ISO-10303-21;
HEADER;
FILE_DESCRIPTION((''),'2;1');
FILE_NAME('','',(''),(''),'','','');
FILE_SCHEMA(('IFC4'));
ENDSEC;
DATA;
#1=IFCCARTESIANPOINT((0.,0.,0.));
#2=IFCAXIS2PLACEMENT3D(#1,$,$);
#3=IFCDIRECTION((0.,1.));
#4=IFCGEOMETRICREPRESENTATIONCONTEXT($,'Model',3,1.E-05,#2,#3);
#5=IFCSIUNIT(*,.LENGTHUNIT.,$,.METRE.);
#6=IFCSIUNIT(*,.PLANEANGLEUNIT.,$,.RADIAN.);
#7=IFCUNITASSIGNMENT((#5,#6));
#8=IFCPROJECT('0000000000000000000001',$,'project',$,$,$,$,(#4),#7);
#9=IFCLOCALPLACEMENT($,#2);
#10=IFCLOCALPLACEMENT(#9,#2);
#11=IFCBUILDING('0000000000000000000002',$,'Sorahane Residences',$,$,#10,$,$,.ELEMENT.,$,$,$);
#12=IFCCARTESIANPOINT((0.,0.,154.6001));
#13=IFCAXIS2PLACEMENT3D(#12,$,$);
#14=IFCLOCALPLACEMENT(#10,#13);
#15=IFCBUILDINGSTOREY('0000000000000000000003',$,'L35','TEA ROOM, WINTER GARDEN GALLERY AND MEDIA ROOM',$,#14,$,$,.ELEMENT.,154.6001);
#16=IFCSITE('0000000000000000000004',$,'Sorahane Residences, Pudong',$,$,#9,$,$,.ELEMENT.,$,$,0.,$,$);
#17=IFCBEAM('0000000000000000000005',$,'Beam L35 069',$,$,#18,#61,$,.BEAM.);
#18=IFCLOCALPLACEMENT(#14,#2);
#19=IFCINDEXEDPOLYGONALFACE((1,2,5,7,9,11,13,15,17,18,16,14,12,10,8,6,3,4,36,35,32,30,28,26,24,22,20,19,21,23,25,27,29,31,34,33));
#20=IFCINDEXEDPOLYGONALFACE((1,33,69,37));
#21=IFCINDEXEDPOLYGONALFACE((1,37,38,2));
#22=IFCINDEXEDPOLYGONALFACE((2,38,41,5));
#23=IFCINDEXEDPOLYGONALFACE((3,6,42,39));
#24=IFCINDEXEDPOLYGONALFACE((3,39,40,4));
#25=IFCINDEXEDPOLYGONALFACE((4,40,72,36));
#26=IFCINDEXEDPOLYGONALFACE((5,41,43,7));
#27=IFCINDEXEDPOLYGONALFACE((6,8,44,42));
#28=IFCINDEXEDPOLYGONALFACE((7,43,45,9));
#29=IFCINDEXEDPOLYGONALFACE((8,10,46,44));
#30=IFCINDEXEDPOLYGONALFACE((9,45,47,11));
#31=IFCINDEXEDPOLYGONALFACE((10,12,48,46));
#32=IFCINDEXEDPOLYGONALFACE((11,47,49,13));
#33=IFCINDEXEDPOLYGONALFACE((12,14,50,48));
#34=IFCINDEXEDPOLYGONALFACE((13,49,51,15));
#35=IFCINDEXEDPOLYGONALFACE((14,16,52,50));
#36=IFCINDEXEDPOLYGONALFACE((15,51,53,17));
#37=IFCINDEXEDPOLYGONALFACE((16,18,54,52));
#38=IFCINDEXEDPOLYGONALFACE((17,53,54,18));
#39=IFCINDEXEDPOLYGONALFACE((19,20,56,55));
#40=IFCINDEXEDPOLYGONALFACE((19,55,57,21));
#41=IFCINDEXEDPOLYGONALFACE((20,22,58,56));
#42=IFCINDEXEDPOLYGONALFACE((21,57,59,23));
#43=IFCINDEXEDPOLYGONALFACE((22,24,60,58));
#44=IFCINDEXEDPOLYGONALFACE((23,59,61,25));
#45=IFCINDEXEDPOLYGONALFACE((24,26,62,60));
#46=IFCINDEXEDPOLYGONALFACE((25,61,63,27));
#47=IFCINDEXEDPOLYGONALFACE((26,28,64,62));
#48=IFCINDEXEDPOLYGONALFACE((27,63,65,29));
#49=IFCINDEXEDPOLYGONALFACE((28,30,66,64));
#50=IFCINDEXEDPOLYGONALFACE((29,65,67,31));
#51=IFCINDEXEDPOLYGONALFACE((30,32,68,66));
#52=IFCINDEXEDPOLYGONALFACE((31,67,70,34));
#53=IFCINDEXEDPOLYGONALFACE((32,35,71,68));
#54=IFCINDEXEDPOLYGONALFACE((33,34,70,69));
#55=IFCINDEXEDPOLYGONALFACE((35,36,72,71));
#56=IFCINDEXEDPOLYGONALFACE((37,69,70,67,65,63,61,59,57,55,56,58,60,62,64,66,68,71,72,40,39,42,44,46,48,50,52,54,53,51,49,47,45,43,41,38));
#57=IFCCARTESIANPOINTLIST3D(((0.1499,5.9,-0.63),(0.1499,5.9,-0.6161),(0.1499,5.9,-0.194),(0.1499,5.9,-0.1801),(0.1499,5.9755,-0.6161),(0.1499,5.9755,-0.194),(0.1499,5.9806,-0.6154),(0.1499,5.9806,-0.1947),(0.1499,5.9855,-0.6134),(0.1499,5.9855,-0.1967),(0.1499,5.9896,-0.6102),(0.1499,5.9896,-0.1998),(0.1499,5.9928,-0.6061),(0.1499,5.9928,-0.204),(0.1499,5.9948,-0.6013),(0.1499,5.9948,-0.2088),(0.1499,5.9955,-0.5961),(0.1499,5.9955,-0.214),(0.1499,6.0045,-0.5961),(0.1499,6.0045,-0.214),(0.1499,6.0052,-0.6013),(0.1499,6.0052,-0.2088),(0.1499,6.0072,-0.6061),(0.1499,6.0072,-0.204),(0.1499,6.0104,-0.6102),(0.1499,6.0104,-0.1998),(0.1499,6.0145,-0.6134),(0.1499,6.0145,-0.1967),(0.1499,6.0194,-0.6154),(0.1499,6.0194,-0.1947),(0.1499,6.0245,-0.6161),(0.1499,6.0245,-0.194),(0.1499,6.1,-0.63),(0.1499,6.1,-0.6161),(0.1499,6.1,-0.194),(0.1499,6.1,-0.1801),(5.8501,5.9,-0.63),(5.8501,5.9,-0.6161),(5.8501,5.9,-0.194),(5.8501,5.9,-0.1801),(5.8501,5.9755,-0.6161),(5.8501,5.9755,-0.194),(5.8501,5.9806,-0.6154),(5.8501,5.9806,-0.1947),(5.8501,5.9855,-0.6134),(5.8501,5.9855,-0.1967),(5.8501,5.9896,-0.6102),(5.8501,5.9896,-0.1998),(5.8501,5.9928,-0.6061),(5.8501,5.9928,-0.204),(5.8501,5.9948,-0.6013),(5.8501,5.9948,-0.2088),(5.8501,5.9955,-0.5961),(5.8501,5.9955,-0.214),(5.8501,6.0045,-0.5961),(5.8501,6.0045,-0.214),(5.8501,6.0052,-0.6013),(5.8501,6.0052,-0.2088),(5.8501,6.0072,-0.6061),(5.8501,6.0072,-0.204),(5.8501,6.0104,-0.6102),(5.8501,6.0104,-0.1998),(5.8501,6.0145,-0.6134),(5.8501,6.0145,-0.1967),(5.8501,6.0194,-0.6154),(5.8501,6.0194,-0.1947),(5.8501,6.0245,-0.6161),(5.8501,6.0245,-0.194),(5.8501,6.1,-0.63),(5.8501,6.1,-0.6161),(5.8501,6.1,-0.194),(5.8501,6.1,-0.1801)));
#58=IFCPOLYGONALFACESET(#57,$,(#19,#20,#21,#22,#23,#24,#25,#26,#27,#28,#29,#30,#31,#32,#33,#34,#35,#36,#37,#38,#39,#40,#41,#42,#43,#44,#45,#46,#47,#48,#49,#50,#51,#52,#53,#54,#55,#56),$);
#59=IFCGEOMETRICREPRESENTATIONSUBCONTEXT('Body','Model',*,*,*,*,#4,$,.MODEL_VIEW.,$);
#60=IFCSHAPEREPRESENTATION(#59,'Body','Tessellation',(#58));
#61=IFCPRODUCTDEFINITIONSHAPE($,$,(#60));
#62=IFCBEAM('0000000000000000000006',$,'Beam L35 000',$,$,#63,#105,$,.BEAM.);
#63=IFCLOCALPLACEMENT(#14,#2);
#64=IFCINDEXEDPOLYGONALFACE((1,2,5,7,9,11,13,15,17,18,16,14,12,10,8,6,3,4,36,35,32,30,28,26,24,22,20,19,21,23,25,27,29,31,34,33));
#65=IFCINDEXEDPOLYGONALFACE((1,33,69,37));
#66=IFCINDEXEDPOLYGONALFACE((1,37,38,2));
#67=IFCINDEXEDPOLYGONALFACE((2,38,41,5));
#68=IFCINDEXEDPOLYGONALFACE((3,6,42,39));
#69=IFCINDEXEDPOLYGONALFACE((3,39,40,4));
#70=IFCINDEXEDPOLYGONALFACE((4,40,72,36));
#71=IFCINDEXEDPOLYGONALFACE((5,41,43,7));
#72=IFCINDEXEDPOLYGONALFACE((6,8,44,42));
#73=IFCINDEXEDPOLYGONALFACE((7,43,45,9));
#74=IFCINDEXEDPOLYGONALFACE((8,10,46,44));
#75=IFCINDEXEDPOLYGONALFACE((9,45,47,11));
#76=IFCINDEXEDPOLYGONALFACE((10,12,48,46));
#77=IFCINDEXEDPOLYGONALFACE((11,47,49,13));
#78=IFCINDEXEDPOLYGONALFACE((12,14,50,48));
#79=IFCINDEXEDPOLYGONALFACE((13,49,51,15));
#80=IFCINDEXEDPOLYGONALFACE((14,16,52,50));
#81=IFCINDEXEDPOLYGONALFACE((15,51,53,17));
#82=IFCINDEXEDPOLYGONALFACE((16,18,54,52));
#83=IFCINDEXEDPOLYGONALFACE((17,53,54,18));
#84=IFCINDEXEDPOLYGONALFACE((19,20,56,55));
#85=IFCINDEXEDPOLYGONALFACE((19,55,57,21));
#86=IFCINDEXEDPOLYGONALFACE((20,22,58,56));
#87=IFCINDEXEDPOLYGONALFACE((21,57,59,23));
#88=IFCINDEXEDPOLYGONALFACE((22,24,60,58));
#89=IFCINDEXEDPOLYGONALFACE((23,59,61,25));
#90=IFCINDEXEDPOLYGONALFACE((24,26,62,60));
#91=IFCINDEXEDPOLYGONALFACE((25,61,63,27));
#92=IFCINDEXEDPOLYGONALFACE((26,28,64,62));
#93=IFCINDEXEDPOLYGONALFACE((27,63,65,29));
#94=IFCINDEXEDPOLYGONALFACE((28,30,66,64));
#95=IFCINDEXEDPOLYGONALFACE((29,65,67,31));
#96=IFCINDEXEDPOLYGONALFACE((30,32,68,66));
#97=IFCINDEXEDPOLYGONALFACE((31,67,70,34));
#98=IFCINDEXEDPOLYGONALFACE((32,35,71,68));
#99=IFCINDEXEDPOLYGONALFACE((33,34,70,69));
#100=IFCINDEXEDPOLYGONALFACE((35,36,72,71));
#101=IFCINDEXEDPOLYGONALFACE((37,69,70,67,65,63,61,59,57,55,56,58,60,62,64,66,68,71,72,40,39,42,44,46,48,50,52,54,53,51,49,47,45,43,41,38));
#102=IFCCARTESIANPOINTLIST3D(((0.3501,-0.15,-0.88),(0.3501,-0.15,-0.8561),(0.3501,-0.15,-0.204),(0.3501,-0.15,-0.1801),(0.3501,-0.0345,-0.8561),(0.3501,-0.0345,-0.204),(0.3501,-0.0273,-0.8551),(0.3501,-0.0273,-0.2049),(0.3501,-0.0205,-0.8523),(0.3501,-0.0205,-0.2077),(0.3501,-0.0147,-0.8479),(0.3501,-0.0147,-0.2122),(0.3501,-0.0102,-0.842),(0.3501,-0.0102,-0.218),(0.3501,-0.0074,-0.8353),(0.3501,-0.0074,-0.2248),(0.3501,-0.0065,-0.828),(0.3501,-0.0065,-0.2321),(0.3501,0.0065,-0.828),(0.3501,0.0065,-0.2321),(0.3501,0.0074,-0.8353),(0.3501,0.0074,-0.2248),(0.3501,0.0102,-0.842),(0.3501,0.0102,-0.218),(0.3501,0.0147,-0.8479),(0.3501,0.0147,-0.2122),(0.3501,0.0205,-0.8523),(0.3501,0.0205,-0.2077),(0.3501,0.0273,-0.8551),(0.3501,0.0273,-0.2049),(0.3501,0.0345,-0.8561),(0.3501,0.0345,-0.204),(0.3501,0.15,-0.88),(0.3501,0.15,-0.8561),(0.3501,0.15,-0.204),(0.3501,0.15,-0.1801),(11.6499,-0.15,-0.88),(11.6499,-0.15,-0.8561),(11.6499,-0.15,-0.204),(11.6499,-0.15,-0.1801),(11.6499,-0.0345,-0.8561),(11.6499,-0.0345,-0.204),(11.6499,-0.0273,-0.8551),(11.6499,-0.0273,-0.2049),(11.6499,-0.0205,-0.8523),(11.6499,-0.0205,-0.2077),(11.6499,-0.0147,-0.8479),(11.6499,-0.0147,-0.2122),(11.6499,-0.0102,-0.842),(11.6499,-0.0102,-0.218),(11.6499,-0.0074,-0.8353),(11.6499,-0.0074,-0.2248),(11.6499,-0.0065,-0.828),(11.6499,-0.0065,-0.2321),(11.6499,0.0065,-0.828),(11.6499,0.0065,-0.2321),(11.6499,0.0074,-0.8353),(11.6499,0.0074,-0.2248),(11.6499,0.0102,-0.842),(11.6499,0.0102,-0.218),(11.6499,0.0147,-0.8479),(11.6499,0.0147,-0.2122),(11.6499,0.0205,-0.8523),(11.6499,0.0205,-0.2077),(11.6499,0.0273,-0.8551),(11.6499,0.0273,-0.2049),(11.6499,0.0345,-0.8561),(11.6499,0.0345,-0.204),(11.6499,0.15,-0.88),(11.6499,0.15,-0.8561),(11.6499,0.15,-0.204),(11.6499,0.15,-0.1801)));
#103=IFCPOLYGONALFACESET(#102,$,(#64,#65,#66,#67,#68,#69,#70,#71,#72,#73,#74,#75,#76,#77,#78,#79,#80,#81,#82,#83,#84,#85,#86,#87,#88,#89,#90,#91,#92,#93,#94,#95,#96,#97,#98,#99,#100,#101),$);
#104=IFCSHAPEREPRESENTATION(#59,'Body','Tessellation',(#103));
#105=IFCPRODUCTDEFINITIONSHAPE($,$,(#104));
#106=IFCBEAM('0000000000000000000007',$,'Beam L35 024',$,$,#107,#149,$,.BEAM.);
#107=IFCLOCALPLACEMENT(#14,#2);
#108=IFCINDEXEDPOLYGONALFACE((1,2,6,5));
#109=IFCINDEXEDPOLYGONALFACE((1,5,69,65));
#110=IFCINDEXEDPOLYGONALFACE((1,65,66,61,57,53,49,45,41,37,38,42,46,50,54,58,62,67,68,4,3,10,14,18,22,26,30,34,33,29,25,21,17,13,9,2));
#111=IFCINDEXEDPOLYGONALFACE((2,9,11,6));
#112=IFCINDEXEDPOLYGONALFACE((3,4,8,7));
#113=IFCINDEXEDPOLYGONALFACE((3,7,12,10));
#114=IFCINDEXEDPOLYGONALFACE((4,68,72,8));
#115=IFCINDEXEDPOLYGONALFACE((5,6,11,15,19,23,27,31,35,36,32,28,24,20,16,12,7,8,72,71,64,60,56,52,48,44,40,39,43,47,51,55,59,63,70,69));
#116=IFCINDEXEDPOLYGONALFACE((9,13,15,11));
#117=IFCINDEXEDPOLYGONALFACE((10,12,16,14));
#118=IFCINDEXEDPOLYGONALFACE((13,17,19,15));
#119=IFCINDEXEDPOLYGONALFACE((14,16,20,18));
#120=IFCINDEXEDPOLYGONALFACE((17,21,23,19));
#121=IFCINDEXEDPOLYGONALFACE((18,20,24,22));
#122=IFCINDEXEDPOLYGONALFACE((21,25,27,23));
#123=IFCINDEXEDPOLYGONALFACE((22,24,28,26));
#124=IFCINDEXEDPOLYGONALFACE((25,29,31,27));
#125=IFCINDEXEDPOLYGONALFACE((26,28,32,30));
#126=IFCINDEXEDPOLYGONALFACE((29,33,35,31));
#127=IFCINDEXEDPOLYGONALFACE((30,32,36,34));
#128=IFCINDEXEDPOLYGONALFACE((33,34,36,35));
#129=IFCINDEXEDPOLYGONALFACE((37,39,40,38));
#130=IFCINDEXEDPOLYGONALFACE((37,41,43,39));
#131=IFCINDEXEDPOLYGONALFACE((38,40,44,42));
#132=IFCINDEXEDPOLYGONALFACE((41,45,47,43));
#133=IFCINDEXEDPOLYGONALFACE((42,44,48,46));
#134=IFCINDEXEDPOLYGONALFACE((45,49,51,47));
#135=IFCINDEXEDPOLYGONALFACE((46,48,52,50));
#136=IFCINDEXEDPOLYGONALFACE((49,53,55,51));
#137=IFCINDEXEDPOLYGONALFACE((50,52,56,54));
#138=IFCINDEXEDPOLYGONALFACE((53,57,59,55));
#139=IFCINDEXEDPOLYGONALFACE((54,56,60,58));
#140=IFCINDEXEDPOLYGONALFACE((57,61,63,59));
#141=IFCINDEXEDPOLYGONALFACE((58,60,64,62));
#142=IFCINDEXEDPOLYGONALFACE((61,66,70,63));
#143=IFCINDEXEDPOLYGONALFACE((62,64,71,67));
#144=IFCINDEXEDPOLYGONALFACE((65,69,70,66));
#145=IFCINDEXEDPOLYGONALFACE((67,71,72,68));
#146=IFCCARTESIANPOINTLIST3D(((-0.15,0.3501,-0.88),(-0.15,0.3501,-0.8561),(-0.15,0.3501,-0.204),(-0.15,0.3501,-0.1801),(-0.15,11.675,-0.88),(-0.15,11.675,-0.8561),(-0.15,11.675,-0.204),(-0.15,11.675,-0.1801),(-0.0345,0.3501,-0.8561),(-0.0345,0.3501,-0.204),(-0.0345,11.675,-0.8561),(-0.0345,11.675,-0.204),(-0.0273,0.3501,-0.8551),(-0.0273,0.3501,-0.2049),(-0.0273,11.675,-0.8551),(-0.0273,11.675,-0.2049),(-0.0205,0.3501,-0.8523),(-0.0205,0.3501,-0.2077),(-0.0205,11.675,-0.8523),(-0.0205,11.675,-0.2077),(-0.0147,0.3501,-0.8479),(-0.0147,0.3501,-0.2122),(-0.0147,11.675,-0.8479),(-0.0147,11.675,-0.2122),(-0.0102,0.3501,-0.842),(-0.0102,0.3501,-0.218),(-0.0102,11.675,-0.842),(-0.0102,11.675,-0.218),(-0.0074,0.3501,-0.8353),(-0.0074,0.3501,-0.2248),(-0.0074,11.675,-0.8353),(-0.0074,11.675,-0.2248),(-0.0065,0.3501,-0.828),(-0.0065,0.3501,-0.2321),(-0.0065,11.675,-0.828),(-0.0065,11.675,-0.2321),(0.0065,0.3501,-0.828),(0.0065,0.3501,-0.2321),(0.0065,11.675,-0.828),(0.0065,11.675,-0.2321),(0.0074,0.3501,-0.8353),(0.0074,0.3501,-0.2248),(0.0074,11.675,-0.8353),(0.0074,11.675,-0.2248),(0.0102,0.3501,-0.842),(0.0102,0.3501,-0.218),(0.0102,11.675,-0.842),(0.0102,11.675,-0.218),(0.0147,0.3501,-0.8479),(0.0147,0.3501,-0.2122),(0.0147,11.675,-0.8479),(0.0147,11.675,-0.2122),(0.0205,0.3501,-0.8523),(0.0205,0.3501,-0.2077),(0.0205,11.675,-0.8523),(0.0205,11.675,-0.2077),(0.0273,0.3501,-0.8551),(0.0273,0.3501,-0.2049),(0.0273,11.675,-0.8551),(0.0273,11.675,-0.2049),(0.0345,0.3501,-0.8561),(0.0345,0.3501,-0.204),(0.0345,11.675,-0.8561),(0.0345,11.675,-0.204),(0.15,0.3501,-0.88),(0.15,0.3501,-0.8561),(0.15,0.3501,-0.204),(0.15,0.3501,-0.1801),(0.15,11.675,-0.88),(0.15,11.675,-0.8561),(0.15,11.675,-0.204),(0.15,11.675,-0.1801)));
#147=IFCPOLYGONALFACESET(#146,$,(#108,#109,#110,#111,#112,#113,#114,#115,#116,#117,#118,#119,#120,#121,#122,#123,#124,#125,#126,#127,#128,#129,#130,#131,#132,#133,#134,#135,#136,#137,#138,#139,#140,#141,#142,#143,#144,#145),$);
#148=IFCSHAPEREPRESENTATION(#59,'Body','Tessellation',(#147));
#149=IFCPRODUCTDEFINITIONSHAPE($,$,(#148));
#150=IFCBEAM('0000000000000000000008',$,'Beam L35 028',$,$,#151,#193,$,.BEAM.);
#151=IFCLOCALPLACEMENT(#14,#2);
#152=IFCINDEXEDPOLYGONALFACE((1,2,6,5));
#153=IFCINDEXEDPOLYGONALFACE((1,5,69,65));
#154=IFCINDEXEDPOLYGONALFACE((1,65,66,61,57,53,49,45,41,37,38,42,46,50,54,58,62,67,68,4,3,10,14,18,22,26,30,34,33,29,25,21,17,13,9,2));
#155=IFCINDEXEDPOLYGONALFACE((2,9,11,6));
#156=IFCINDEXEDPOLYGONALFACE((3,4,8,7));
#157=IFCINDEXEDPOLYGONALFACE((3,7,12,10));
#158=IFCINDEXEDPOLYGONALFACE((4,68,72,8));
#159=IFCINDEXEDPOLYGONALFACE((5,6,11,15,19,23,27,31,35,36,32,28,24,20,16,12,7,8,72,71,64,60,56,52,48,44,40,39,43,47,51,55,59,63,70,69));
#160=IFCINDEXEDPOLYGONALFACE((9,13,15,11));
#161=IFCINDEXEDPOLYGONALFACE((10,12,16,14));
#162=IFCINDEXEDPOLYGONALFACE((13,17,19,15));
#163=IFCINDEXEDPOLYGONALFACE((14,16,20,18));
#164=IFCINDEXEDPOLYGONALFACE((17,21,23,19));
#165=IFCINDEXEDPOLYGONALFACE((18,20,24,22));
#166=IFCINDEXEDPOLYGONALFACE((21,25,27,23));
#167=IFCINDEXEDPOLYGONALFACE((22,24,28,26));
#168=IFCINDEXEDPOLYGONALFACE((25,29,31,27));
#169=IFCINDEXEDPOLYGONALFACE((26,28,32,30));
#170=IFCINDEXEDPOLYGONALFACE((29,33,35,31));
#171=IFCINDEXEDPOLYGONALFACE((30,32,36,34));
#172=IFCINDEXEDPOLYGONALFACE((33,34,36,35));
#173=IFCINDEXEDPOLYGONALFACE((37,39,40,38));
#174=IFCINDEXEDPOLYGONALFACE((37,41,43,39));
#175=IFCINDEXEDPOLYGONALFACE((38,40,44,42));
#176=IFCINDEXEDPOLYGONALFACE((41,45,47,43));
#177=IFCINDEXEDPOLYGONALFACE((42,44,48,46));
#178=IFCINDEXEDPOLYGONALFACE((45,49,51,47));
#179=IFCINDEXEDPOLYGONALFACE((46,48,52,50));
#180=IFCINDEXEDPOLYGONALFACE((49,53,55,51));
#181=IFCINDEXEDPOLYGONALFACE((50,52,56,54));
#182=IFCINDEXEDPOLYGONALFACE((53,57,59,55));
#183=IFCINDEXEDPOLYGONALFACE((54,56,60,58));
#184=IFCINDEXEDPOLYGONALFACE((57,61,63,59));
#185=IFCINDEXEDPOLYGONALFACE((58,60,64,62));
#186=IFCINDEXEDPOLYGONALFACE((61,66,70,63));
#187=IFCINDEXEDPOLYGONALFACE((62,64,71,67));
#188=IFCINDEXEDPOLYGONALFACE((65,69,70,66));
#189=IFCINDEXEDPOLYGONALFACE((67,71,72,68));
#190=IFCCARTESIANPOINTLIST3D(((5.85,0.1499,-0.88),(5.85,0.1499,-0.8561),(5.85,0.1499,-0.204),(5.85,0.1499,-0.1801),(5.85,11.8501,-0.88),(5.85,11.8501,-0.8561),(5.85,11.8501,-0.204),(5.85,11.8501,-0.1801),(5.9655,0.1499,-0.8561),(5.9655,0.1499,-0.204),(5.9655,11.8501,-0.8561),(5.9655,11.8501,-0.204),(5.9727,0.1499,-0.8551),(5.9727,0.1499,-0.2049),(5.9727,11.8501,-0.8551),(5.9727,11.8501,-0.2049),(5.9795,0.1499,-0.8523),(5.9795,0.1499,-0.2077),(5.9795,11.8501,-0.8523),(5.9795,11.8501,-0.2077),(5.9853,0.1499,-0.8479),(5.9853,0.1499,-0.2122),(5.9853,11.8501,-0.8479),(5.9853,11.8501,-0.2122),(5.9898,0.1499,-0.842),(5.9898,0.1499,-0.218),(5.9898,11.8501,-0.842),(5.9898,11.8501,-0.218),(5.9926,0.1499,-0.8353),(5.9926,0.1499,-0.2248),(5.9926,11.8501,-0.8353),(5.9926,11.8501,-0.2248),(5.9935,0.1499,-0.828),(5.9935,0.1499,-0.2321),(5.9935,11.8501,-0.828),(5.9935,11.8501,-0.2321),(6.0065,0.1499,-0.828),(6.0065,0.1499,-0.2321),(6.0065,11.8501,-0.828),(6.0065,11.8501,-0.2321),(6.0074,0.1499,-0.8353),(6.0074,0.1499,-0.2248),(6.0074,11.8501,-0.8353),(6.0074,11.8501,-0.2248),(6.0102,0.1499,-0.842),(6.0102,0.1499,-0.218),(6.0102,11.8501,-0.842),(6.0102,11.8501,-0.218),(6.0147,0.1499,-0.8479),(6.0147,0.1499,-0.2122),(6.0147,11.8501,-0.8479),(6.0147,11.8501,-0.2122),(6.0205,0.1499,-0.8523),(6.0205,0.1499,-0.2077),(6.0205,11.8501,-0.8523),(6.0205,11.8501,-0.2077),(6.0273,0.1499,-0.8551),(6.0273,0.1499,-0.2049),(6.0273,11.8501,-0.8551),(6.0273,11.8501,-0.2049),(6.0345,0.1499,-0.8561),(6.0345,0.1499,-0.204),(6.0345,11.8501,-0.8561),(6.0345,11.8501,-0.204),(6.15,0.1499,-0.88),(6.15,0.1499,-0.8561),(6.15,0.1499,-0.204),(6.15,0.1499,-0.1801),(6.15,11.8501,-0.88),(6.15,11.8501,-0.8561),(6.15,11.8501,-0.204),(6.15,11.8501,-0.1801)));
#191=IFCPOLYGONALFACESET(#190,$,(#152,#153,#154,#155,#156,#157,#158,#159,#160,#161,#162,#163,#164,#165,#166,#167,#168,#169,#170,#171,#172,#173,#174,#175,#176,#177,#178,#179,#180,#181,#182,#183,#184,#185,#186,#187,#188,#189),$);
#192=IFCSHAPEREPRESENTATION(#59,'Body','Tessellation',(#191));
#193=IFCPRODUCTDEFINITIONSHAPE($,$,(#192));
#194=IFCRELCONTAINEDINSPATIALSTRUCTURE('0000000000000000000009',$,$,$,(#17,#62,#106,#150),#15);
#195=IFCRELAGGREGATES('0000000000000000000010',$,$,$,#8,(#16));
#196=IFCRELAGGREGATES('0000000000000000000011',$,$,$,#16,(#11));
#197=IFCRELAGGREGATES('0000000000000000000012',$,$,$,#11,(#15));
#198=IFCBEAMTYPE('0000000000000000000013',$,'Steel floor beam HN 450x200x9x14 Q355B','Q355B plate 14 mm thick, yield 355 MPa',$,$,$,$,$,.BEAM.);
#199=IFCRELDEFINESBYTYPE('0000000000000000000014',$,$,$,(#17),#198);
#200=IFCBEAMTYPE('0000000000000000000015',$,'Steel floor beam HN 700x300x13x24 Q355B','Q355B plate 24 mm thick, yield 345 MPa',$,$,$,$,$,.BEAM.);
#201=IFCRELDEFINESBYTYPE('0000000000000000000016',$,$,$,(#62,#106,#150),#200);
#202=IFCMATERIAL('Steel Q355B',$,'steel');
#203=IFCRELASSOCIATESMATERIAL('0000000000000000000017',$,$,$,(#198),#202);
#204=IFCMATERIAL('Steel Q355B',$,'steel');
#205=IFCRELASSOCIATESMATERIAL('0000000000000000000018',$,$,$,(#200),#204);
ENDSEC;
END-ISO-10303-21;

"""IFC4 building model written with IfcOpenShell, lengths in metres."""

from ifc_helpers import new_model, si_unit, direction, frame, origin, origin_2d, place, context, subcontext, project, spatial, i_section, extrude, material, material_profile, profile_set, type_object, element, save


model = new_model("IFC4")

# Units and contexts
model_context = context("Model", 3, precision=1e-05, world=origin(), true_north=direction((0.0, 1.0)))
body_context = subcontext(model_context, "Body", "Model", "MODEL_VIEW")
ifc_project = project(units=[si_unit("LENGTHUNIT", "METRE"), si_unit("PLANEANGLEUNIT", "RADIAN")], contexts=[model_context])

# Site, building, storey
site_placement = place(None, origin())
site = spatial("IfcSite", under=ifc_project, at=site_placement, Name="Sorahane Residences, Pudong", CompositionType="ELEMENT", RefElevation=0.0)
building_placement = place(site_placement, origin())
building = spatial("IfcBuilding", under=site, at=building_placement, Name="Sorahane Residences", CompositionType="ELEMENT")
storey_placement = place(building_placement, frame((0.0, 0.0, 154.6001)))
storey = spatial("IfcBuildingStorey", under=building, at=storey_placement, Name="L35", Description="TEA ROOM, WINTER GARDEN GALLERY AND MEDIA ROOM", CompositionType="ELEMENT", Elevation=154.6001)

# Beams
ifc_material_1 = material(Name="Steel Q355B", Category="steel")
ifc_material_profile_1 = material_profile(ifc_material_1, i_section(OverallWidth=0.2, OverallDepth=0.45, WebThickness=0.009, FlangeThickness=0.0139, FilletRadius=0.02, at=origin_2d()), Name="HN 450x200x9x14")
ifc_profile_set_1 = profile_set([ifc_material_profile_1], Name="Steel Q355B")
beam_type_1 = type_object("IfcBeamType", Name="Steel floor beam HN 450x200x9x14 Q355B", Description="Q355B plate 14 mm thick, yield 355 MPa", PredefinedType="BEAM", material=ifc_profile_set_1)
beam_1_placement = place(storey_placement, frame((0.1499, 6.0, -0.405), z_axis=(1.0, 0.0, 0.0), x_axis=(0.0, 1.0, 0.0)))
element("IfcBeam", 1, at=beam_1_placement, inside=storey, type_object=beam_type_1, Name="Beam L35 069", PredefinedType="BEAM", context=body_context, shape_type="SweptSolid", body=[
    extrude(i_section(OverallWidth=0.2, OverallDepth=0.45, WebThickness=0.009, FlangeThickness=0.0139, FilletRadius=0.02, at=origin_2d()), origin(), (0.0, 0.0, 1.0), 5.7002),
])
ifc_material_2 = material(Name="Steel Q355B", Category="steel")
ifc_material_profile_2 = material_profile(ifc_material_2, i_section(OverallWidth=0.3, OverallDepth=0.7, WebThickness=0.0129, FlangeThickness=0.0239, FilletRadius=0.0281, at=origin_2d()), Name="HN 700x300x13x24")
ifc_profile_set_2 = profile_set([ifc_material_profile_2], Name="Steel Q355B")
beam_type_2 = type_object("IfcBeamType", Name="Steel floor beam HN 700x300x13x24 Q355B", Description="Q355B plate 24 mm thick, yield 345 MPa", PredefinedType="BEAM", material=ifc_profile_set_2)
beam_2_placement = place(storey_placement, frame((0.3501, 0.0, -0.53), z_axis=(1.0, 0.0, 0.0), x_axis=(0.0, 1.0, 0.0)))
element("IfcBeam", 2, at=beam_2_placement, inside=storey, type_object=beam_type_2, Name="Beam L35 000", PredefinedType="BEAM", context=body_context, shape_type="SweptSolid", body=[
    extrude(i_section(OverallWidth=0.3, OverallDepth=0.7, WebThickness=0.0129, FlangeThickness=0.0239, FilletRadius=0.0281, at=origin_2d()), origin(), (0.0, 0.0, 1.0), 11.2998),
])
beam_3_placement = place(storey_placement, frame((0.0, 0.3501, -0.53), z_axis=(0.0, 1.0, 0.0), x_axis=(-1.0, 0.0, 0.0)))
element("IfcBeam", 3, at=beam_3_placement, inside=storey, type_object=beam_type_2, Name="Beam L35 024", PredefinedType="BEAM", context=body_context, shape_type="SweptSolid", body=[
    extrude(i_section(OverallWidth=0.3, OverallDepth=0.7, WebThickness=0.0129, FlangeThickness=0.0239, FilletRadius=0.0281, at=origin_2d()), origin(), (0.0, 0.0, 1.0), 11.325),
])
beam_4_placement = place(storey_placement, frame((6.0, 0.1499, -0.53), z_axis=(0.0, 1.0, 0.0), x_axis=(-1.0, 0.0, 0.0)))
element("IfcBeam", 4, at=beam_4_placement, inside=storey, type_object=beam_type_2, Name="Beam L35 028", PredefinedType="BEAM", context=body_context, shape_type="SweptSolid", body=[
    extrude(i_section(OverallWidth=0.3, OverallDepth=0.7, WebThickness=0.0129, FlangeThickness=0.0239, FilletRadius=0.0281, at=origin_2d()), origin(), (0.0, 0.0, 1.0), 11.7002),
])

save(model, "model.ifc")
